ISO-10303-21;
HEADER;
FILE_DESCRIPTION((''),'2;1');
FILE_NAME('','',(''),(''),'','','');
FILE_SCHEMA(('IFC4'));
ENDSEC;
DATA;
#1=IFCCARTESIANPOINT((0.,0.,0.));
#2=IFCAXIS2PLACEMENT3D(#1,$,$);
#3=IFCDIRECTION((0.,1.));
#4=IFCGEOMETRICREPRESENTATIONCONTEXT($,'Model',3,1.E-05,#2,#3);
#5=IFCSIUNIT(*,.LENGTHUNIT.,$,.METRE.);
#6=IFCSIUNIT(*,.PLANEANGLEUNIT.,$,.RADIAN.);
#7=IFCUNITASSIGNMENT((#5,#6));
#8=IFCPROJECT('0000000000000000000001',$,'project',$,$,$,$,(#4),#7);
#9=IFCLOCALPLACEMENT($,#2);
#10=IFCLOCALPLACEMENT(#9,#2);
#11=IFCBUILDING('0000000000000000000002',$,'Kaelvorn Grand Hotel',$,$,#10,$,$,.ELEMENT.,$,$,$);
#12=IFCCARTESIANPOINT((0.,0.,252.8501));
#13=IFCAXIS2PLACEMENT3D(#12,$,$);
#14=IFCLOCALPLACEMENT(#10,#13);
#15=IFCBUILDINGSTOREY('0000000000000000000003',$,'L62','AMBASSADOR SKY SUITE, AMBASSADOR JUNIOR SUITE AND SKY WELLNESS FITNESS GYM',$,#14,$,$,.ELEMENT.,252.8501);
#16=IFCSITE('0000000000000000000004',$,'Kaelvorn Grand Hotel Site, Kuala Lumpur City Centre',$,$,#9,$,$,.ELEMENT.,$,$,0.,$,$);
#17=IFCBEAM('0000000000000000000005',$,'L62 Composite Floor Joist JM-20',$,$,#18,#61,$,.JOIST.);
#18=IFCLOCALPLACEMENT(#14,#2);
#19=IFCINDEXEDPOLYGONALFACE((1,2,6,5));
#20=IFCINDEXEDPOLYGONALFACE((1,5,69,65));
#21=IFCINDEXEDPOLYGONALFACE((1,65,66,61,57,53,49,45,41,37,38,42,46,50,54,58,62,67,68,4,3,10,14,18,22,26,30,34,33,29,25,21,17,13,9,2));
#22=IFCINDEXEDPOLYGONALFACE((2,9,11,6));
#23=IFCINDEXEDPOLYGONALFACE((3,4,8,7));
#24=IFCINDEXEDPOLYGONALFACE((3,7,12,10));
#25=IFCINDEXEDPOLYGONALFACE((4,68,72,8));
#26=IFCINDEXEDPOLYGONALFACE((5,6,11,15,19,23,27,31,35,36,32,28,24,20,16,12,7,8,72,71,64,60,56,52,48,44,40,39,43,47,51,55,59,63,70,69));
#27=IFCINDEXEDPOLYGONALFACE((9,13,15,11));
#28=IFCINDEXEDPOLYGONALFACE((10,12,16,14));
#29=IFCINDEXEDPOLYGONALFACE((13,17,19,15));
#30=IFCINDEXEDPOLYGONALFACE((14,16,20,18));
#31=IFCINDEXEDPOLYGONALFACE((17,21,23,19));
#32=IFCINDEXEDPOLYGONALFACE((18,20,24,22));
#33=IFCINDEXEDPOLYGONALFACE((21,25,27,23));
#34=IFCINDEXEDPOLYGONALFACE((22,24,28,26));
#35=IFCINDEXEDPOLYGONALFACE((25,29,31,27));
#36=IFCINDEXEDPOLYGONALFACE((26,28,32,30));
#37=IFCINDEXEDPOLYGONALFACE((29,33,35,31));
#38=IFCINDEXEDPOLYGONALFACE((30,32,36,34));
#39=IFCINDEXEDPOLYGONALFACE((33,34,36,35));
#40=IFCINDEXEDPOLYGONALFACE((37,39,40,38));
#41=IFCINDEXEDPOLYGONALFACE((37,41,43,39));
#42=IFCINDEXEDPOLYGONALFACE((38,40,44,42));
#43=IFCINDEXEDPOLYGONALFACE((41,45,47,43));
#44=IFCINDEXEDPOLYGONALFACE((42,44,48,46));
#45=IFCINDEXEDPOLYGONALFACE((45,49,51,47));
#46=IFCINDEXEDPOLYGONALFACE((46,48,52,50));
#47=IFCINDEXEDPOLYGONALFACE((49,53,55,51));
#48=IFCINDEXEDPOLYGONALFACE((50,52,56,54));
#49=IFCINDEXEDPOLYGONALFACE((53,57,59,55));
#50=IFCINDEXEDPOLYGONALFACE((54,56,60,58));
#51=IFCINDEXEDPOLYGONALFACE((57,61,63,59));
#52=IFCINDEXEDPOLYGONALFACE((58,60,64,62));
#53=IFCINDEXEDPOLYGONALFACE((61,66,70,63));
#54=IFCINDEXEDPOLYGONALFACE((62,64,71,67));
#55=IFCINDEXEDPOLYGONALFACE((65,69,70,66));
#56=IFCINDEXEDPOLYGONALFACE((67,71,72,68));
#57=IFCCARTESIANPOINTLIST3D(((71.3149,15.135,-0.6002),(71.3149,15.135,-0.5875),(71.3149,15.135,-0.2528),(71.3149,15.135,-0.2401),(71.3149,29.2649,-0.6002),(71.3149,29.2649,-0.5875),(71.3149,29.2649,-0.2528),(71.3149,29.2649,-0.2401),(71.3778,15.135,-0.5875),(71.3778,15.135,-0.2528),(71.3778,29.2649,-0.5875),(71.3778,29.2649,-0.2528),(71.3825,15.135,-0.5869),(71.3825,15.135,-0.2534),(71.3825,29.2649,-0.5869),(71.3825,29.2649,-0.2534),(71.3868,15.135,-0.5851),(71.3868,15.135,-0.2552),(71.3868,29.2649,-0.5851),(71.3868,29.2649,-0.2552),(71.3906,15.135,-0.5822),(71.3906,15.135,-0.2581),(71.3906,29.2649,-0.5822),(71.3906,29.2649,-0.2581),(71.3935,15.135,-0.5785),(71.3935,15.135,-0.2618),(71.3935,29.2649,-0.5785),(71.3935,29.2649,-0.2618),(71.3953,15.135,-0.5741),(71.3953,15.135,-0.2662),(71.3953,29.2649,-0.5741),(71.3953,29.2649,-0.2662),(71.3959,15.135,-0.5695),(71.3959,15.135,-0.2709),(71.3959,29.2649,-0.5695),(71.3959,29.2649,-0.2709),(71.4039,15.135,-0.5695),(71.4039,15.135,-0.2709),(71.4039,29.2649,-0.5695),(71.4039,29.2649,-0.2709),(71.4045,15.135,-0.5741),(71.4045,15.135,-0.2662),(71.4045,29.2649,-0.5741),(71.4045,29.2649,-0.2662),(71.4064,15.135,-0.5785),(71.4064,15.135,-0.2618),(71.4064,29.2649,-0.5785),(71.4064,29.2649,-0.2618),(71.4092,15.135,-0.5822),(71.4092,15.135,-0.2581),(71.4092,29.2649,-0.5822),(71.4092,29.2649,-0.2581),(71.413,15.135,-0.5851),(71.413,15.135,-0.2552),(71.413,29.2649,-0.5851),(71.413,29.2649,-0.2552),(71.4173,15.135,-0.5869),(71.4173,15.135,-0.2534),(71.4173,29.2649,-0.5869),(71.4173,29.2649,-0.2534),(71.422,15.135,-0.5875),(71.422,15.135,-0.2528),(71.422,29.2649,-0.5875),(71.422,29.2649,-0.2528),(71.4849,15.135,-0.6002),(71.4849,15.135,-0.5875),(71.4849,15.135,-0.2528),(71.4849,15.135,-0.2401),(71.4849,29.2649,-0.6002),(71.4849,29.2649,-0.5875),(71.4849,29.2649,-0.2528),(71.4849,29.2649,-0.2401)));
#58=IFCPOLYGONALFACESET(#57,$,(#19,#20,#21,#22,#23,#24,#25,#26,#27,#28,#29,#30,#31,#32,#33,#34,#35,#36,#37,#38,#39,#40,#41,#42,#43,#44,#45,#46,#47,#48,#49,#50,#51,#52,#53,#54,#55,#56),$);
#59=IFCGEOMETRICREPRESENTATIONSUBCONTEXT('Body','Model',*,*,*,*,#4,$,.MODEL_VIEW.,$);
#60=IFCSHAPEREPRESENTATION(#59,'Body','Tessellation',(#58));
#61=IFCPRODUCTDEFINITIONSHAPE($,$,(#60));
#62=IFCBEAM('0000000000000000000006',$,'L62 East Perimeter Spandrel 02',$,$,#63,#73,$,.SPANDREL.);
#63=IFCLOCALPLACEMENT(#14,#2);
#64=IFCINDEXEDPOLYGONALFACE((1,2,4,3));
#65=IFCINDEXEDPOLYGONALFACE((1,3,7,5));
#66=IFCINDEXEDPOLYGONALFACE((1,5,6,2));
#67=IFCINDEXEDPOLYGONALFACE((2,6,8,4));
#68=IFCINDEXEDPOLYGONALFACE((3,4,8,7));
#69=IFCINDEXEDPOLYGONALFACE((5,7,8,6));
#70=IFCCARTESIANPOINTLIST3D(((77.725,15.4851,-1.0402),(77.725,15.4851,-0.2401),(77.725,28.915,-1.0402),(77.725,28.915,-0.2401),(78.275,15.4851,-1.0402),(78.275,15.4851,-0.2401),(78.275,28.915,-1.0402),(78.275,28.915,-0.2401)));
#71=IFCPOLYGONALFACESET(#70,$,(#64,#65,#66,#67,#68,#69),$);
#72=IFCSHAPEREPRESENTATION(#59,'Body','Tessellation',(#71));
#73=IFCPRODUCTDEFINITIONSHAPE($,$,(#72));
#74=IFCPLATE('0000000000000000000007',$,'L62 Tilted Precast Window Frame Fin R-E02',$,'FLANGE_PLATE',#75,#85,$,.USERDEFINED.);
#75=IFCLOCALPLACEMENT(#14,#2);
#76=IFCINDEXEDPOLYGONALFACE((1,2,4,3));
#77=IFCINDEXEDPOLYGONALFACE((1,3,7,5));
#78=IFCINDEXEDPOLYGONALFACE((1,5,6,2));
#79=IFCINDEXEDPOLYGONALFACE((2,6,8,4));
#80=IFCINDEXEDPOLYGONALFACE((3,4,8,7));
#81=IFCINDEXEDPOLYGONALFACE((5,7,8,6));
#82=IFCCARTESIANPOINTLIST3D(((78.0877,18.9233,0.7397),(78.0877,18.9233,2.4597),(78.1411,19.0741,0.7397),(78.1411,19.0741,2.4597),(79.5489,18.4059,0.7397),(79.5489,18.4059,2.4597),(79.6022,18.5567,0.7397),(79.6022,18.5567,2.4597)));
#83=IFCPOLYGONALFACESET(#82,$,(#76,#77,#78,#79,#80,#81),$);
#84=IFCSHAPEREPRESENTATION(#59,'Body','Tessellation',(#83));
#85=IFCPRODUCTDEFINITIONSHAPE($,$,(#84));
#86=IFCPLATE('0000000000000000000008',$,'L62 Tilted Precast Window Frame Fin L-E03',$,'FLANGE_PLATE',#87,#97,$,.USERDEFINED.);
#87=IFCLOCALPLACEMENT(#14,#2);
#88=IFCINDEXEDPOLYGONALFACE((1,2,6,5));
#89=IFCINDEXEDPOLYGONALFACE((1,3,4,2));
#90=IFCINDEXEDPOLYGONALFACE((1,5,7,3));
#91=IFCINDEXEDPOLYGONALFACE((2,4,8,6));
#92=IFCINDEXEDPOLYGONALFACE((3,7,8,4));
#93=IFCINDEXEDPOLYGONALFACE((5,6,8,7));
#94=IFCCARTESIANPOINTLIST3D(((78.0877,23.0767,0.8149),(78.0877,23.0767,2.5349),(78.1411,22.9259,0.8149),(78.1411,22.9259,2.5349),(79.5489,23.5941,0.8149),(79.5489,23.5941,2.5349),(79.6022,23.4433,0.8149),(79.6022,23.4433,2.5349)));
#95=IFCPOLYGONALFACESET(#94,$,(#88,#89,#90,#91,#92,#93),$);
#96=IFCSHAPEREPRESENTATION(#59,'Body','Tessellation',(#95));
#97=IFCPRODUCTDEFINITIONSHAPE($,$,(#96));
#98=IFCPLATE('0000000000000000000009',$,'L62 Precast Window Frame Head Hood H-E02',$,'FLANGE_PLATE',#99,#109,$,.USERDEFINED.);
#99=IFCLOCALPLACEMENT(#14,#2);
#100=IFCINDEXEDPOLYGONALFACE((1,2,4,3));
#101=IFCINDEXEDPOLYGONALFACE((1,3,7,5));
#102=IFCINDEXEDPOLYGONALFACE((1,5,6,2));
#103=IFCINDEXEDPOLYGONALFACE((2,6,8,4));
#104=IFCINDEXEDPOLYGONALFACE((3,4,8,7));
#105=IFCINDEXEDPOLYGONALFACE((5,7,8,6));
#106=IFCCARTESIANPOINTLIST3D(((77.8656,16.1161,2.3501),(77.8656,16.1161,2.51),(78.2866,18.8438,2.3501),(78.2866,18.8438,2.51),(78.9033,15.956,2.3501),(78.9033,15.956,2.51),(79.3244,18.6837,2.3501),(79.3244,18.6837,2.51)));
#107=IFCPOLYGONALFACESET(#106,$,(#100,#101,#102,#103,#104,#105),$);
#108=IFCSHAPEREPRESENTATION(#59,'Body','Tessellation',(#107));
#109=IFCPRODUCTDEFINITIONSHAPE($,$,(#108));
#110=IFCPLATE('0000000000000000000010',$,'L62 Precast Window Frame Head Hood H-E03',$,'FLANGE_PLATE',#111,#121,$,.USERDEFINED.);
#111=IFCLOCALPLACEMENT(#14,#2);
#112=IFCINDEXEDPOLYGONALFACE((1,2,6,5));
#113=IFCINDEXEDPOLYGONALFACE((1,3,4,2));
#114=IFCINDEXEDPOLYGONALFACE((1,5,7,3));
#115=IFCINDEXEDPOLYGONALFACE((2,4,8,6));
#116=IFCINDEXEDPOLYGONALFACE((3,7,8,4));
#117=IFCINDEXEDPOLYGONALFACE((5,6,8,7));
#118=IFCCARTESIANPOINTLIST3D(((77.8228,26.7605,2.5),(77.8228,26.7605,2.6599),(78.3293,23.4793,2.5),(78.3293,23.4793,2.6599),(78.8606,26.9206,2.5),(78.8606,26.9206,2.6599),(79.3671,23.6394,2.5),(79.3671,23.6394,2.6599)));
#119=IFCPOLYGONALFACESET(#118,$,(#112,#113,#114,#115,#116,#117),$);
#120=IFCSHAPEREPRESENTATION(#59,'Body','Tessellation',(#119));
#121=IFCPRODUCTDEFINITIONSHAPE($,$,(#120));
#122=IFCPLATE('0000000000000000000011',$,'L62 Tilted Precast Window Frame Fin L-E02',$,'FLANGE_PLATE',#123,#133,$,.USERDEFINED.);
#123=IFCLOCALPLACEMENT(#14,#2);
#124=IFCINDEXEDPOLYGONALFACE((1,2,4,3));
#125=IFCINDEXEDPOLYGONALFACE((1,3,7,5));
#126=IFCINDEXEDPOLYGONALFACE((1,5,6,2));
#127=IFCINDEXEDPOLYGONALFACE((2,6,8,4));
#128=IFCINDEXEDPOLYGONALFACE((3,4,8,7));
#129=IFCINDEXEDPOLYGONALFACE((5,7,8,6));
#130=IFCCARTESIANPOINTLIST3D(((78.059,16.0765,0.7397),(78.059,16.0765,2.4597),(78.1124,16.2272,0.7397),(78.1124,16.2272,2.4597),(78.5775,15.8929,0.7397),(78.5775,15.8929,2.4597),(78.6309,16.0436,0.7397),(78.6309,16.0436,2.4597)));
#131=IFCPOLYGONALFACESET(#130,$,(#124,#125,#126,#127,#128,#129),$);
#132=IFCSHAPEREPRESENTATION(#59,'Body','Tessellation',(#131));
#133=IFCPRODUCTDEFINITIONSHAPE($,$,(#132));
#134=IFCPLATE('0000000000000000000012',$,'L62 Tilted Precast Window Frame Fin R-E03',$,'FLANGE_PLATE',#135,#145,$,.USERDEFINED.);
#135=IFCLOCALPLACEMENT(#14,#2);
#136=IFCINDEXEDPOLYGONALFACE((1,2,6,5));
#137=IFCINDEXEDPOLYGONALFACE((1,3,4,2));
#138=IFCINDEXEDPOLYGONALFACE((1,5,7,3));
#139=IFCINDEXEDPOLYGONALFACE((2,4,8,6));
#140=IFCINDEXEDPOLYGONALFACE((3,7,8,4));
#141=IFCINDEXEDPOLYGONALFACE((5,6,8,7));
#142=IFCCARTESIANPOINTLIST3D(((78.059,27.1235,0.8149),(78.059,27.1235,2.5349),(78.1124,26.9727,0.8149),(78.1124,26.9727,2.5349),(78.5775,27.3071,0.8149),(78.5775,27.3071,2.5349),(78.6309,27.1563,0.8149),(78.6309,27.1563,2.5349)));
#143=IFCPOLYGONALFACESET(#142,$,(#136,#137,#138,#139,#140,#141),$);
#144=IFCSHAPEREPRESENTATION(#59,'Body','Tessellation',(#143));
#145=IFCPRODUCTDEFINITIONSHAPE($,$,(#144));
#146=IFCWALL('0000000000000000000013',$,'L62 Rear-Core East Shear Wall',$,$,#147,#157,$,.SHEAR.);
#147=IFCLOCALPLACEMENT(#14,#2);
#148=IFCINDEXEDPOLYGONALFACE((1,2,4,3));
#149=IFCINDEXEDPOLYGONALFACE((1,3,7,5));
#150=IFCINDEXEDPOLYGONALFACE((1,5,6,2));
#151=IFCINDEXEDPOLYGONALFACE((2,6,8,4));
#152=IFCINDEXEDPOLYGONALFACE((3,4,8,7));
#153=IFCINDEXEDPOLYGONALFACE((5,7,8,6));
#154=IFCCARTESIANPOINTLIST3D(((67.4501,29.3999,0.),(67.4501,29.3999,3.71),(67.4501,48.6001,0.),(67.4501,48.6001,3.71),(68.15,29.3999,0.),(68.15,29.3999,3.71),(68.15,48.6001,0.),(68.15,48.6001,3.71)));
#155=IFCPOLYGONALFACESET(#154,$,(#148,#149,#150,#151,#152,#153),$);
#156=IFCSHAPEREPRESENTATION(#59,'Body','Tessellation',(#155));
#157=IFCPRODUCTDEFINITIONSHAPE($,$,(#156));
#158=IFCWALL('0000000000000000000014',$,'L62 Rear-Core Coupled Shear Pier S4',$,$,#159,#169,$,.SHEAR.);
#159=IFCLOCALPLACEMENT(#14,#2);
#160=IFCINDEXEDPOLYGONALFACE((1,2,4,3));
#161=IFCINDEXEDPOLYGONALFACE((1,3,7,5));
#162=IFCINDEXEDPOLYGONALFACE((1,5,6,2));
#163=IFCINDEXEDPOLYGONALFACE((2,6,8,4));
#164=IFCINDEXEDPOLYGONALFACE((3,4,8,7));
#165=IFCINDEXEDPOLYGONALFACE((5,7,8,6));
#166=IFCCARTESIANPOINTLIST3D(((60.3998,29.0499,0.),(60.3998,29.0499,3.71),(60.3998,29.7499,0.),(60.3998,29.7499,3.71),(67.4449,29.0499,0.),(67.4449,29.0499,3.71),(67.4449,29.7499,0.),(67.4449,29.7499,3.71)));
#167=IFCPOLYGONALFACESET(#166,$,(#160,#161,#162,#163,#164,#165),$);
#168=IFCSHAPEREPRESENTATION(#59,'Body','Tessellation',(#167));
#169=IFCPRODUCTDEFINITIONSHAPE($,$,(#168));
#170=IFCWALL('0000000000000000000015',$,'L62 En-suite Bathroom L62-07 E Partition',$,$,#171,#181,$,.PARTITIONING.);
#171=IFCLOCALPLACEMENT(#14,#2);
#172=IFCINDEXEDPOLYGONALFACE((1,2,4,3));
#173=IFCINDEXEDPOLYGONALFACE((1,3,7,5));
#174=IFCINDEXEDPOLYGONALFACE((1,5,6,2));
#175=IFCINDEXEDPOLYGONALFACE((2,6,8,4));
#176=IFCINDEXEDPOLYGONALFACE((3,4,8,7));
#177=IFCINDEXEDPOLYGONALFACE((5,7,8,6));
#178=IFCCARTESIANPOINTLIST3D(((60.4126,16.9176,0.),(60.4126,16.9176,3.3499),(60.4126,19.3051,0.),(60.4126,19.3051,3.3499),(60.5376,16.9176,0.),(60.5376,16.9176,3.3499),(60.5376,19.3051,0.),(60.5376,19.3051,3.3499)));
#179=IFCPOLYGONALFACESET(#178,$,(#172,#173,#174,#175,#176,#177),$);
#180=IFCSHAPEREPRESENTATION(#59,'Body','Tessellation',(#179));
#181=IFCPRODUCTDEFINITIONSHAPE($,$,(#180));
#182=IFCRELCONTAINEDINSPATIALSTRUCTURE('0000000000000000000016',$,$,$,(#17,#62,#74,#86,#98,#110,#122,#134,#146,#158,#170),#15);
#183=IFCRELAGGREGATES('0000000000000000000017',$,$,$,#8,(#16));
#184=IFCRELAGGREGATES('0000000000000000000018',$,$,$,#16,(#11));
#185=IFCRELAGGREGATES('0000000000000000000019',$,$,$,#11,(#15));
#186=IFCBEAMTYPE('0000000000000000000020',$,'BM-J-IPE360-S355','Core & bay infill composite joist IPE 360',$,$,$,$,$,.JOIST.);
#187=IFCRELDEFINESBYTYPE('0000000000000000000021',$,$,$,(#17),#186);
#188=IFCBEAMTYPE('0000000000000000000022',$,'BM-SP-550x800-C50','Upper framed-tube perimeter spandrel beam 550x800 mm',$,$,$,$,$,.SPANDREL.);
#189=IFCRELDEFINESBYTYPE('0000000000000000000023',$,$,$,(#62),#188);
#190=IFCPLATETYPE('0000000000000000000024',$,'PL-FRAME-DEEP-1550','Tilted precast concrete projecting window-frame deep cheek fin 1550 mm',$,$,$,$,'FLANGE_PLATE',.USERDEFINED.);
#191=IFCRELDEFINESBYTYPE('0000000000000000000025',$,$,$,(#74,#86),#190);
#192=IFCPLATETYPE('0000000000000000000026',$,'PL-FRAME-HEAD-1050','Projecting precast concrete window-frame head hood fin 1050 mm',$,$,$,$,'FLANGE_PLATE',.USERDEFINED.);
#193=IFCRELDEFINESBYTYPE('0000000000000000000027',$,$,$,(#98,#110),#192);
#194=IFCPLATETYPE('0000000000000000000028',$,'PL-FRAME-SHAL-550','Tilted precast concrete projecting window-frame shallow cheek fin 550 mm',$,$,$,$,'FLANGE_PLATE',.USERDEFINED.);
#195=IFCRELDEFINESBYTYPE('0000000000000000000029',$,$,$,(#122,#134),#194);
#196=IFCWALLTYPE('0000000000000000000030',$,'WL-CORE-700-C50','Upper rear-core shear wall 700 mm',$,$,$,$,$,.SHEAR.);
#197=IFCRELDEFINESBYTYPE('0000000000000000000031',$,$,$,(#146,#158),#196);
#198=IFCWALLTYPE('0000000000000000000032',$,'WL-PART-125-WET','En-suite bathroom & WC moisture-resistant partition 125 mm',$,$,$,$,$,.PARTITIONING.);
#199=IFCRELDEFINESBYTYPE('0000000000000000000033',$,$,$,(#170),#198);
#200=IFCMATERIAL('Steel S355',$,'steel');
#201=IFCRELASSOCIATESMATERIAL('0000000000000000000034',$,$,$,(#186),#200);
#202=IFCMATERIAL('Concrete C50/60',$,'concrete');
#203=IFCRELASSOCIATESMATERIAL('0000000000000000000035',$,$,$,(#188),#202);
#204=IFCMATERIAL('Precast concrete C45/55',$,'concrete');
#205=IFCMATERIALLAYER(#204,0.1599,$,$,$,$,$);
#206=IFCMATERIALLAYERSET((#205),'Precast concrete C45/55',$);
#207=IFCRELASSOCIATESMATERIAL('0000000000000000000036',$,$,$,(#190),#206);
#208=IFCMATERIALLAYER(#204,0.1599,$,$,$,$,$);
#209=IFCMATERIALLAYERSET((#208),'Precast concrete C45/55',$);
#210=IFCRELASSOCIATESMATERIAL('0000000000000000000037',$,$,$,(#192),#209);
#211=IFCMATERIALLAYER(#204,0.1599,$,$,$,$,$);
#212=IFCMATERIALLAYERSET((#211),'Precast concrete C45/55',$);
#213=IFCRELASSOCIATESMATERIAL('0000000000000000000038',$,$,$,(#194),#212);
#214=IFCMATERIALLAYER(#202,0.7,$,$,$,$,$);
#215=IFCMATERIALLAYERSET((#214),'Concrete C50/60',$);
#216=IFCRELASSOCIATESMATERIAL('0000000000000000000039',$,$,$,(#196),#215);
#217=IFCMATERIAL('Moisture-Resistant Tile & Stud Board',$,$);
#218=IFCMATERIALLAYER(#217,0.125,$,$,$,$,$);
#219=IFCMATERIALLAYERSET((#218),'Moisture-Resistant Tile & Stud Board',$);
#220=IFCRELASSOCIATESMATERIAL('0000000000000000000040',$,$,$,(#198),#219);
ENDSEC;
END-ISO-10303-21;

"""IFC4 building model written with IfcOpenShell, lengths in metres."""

from ifc_helpers import new_model, si_unit, direction, frame, frame_2d, origin, origin_2d, place, context, subcontext, project, spatial, rectangle, i_section, extrude, material, layer, layer_set, material_profile, profile_set, type_object, element, save


model = new_model("IFC4")

# Units and contexts
model_context = context("Model", 3, precision=1e-05, world=origin(), true_north=direction((0.0, 1.0)))
body_context = subcontext(model_context, "Body", "Model", "MODEL_VIEW")
ifc_project = project(units=[si_unit("LENGTHUNIT", "METRE"), si_unit("PLANEANGLEUNIT", "RADIAN")], contexts=[model_context])

# Site, building, storey
site_placement = place(None, origin())
site = spatial("IfcSite", under=ifc_project, at=site_placement, Name="Kaelvorn Grand Hotel Site, Kuala Lumpur City Centre", CompositionType="ELEMENT", RefElevation=0.0)
building_placement = place(site_placement, origin())
building = spatial("IfcBuilding", under=site, at=building_placement, Name="Kaelvorn Grand Hotel", CompositionType="ELEMENT")
storey_placement = place(building_placement, frame((0.0, 0.0, 252.8501)))
storey = spatial("IfcBuildingStorey", under=building, at=storey_placement, Name="L62", Description="AMBASSADOR SKY SUITE, AMBASSADOR JUNIOR SUITE AND SKY WELLNESS FITNESS GYM", CompositionType="ELEMENT", Elevation=252.8501)

# Shared definitions
ifc_material_1 = material(Name="Concrete C50/60", Category="concrete")

# Beams
ifc_material_2 = material(Name="Steel S355", Category="steel")
ifc_material_profile_1 = material_profile(ifc_material_2, i_section(OverallWidth=0.1699, OverallDepth=0.3601, WebThickness=0.0081, FlangeThickness=0.0127, FilletRadius=0.0181, at=origin_2d()), Name="IPE 360")
ifc_profile_set_1 = profile_set([ifc_material_profile_1], Name="Steel S355")
beam_type_1 = type_object("IfcBeamType", Name="BM-J-IPE360-S355", Description="Core & bay infill composite joist IPE 360", PredefinedType="JOIST", material=ifc_profile_set_1)
beam_1_placement = place(storey_placement, frame((71.3999, 15.135, -0.4202), z_axis=(0.0, 1.0, 0.0), x_axis=(-1.0, 0.0, 0.0)))
element("IfcBeam", 1, at=beam_1_placement, inside=storey, type_object=beam_type_1, Name="L62 Composite Floor Joist JM-20", PredefinedType="JOIST", context=body_context, shape_type="SweptSolid", body=[
    extrude(i_section(OverallWidth=0.1699, OverallDepth=0.3601, WebThickness=0.0081, FlangeThickness=0.0127, FilletRadius=0.0181, at=origin_2d()), origin(), (0.0, 0.0, 1.0), 14.1299),
])
ifc_material_profile_2 = material_profile(ifc_material_1, rectangle(XDim=0.55, YDim=0.8, at=origin_2d()), Name="RC SPANDREL 550x800")
ifc_profile_set_2 = profile_set([ifc_material_profile_2], Name="Concrete C50/60")
beam_type_2 = type_object("IfcBeamType", Name="BM-SP-550x800-C50", Description="Upper framed-tube perimeter spandrel beam 550x800 mm", PredefinedType="SPANDREL", material=ifc_profile_set_2)
beam_2_placement = place(storey_placement, frame((78.0, 15.4851, -0.6401), z_axis=(0.0, 1.0, 0.0), x_axis=(-1.0, 0.0, 0.0)))
element("IfcBeam", 2, at=beam_2_placement, inside=storey, type_object=beam_type_2, Name="L62 East Perimeter Spandrel 02", PredefinedType="SPANDREL", context=body_context, shape_type="SweptSolid", body=[
    extrude(rectangle(XDim=0.55, YDim=0.8, at=origin_2d()), origin(), (0.0, 0.0, 1.0), 13.4299),
])

# Plates
ifc_material_3 = material(Name="Precast concrete C45/55", Category="concrete")
ifc_layer_1 = layer(ifc_material_3, 0.1599)
ifc_layer_set_1 = layer_set([ifc_layer_1], Name="Precast concrete C45/55")
plate_type_1 = type_object("IfcPlateType", Name="PL-FRAME-DEEP-1550", Description="Tilted precast concrete projecting window-frame deep cheek fin 1550 mm", ElementType="FLANGE_PLATE", PredefinedType="USERDEFINED", material=ifc_layer_set_1)
for number, where, z_axis, x_axis, name in (
    (3, (78.845, 18.74, 0.7397), (0.0, 0.0, 1.0), (0.333807, 0.942641, 0.0), "L62 Tilted Precast Window Frame Fin R-E02"),
    (4, (78.845, 23.26, 0.8149), (0.0, 0.0, 1.0), (-0.333807, 0.942641, 0.0), "L62 Tilted Precast Window Frame Fin L-E03"),
):
    element("IfcPlate", number, at=place(storey_placement, frame(where, z_axis=z_axis, x_axis=x_axis)), inside=storey, type_object=plate_type_1, Name=name, ObjectType="FLANGE_PLATE", PredefinedType="USERDEFINED", context=body_context, shape_type="SweptSolid", body=[
        extrude(rectangle(XDim=0.1599, YDim=1.55, at=origin_2d()), origin(), (0.0, 0.0, 1.0), 1.72),
    ])
ifc_layer_2 = layer(ifc_material_3, 0.1599)
ifc_layer_set_2 = layer_set([ifc_layer_2], Name="Precast concrete C45/55")
plate_type_2 = type_object("IfcPlateType", Name="PL-FRAME-HEAD-1050", Description="Projecting precast concrete window-frame head hood fin 1050 mm", ElementType="FLANGE_PLATE", PredefinedType="USERDEFINED", material=ifc_layer_set_2)
plate_1_placement = place(storey_placement, frame((78.595, 17.3999, 2.3501), z_axis=(0.0, 0.0, 1.0), x_axis=(0.152555, 0.988295, 0.0)))
element("IfcPlate", 5, at=plate_1_placement, inside=storey, type_object=plate_type_2, Name="L62 Precast Window Frame Head Hood H-E02", ObjectType="FLANGE_PLATE", PredefinedType="USERDEFINED", context=body_context, shape_type="SweptSolid", body=[
    extrude(rectangle(XDim=2.76, YDim=1.05, at=origin_2d()), origin(), (0.0, 0.0, 1.0), 0.1599),
])
plate_2_placement = place(storey_placement, frame((78.595, 25.2, 2.5), z_axis=(0.0, 0.0, 1.0), x_axis=(-0.152555, 0.988295, 0.0)))
element("IfcPlate", 6, at=plate_2_placement, inside=storey, type_object=plate_type_2, Name="L62 Precast Window Frame Head Hood H-E03", ObjectType="FLANGE_PLATE", PredefinedType="USERDEFINED", context=body_context, shape_type="SweptSolid", body=[
    extrude(rectangle(XDim=3.3201, YDim=1.05, at=origin_2d()), origin(), (0.0, 0.0, 1.0), 0.1599),
])
ifc_layer_3 = layer(ifc_material_3, 0.1599)
ifc_layer_set_3 = layer_set([ifc_layer_3], Name="Precast concrete C45/55")
plate_type_3 = type_object("IfcPlateType", Name="PL-FRAME-SHAL-550", Description="Tilted precast concrete projecting window-frame shallow cheek fin 550 mm", ElementType="FLANGE_PLATE", PredefinedType="USERDEFINED", material=ifc_layer_set_3)
for number, where, z_axis, x_axis, name in (
    (7, (78.345, 16.0601, 0.7397), (0.0, 0.0, 1.0), (0.333807, 0.942641, 0.0), "L62 Tilted Precast Window Frame Fin L-E02"),
    (8, (78.345, 27.1399, 0.8149), (0.0, 0.0, 1.0), (-0.333807, 0.942641, 0.0), "L62 Tilted Precast Window Frame Fin R-E03"),
):
    element("IfcPlate", number, at=place(storey_placement, frame(where, z_axis=z_axis, x_axis=x_axis)), inside=storey, type_object=plate_type_3, Name=name, ObjectType="FLANGE_PLATE", PredefinedType="USERDEFINED", context=body_context, shape_type="SweptSolid", body=[
        extrude(rectangle(XDim=0.1599, YDim=0.55, at=origin_2d()), origin(), (0.0, 0.0, 1.0), 1.72),
    ])

# Walls
ifc_layer_4 = layer(ifc_material_1, 0.7)
ifc_layer_set_4 = layer_set([ifc_layer_4], Name="Concrete C50/60")
wall_type_1 = type_object("IfcWallType", Name="WL-CORE-700-C50", Description="Upper rear-core shear wall 700 mm", PredefinedType="SHEAR", material=ifc_layer_set_4)
wall_1_placement = place(storey_placement, frame((67.8, 29.3999, 0.0), z_axis=(0.0, 0.0, 1.0), x_axis=(0.0, 1.0, 0.0)))
element("IfcWall", 9, at=wall_1_placement, inside=storey, type_object=wall_type_1, Name="L62 Rear-Core East Shear Wall", PredefinedType="SHEAR", context=body_context, shape_type="SweptSolid", body=[
    extrude(rectangle(XDim=19.2002, YDim=0.7, at=frame_2d((9.6001, 0.0))), origin(), (0.0, 0.0, 1.0), 3.71),
])
wall_2_placement = place(storey_placement, frame((60.3999, 29.3999, 0.0), z_axis=(0.0, 0.0, 1.0), x_axis=(1.0, 0.0, 0.0)))
element("IfcWall", 10, at=wall_2_placement, inside=storey, type_object=wall_type_1, Name="L62 Rear-Core Coupled Shear Pier S4", PredefinedType="SHEAR", context=body_context, shape_type="SweptSolid", body=[
    extrude(rectangle(XDim=7.0452, YDim=0.7, at=frame_2d((3.5225, 0.0))), origin(), (0.0, 0.0, 1.0), 3.71),
])
ifc_material_4 = material(Name="Moisture-Resistant Tile & Stud Board")
ifc_layer_5 = layer(ifc_material_4, 0.125)
ifc_layer_set_5 = layer_set([ifc_layer_5], Name="Moisture-Resistant Tile & Stud Board")
wall_type_2 = type_object("IfcWallType", Name="WL-PART-125-WET", Description="En-suite bathroom & WC moisture-resistant partition 125 mm", PredefinedType="PARTITIONING", material=ifc_layer_set_5)
wall_3_placement = place(storey_placement, frame((60.4751, 16.9175, 0.0), z_axis=(0.0, 0.0, 1.0), x_axis=(0.0, 1.0, 0.0)))
element("IfcWall", 11, at=wall_3_placement, inside=storey, type_object=wall_type_2, Name="L62 En-suite Bathroom L62-07 E Partition", PredefinedType="PARTITIONING", context=body_context, shape_type="SweptSolid", body=[
    extrude(rectangle(XDim=2.3875, YDim=0.125, at=frame_2d((1.1938, 0.0))), origin(), (0.0, 0.0, 1.0), 3.3499),
])

save(model, "model.ifc")
